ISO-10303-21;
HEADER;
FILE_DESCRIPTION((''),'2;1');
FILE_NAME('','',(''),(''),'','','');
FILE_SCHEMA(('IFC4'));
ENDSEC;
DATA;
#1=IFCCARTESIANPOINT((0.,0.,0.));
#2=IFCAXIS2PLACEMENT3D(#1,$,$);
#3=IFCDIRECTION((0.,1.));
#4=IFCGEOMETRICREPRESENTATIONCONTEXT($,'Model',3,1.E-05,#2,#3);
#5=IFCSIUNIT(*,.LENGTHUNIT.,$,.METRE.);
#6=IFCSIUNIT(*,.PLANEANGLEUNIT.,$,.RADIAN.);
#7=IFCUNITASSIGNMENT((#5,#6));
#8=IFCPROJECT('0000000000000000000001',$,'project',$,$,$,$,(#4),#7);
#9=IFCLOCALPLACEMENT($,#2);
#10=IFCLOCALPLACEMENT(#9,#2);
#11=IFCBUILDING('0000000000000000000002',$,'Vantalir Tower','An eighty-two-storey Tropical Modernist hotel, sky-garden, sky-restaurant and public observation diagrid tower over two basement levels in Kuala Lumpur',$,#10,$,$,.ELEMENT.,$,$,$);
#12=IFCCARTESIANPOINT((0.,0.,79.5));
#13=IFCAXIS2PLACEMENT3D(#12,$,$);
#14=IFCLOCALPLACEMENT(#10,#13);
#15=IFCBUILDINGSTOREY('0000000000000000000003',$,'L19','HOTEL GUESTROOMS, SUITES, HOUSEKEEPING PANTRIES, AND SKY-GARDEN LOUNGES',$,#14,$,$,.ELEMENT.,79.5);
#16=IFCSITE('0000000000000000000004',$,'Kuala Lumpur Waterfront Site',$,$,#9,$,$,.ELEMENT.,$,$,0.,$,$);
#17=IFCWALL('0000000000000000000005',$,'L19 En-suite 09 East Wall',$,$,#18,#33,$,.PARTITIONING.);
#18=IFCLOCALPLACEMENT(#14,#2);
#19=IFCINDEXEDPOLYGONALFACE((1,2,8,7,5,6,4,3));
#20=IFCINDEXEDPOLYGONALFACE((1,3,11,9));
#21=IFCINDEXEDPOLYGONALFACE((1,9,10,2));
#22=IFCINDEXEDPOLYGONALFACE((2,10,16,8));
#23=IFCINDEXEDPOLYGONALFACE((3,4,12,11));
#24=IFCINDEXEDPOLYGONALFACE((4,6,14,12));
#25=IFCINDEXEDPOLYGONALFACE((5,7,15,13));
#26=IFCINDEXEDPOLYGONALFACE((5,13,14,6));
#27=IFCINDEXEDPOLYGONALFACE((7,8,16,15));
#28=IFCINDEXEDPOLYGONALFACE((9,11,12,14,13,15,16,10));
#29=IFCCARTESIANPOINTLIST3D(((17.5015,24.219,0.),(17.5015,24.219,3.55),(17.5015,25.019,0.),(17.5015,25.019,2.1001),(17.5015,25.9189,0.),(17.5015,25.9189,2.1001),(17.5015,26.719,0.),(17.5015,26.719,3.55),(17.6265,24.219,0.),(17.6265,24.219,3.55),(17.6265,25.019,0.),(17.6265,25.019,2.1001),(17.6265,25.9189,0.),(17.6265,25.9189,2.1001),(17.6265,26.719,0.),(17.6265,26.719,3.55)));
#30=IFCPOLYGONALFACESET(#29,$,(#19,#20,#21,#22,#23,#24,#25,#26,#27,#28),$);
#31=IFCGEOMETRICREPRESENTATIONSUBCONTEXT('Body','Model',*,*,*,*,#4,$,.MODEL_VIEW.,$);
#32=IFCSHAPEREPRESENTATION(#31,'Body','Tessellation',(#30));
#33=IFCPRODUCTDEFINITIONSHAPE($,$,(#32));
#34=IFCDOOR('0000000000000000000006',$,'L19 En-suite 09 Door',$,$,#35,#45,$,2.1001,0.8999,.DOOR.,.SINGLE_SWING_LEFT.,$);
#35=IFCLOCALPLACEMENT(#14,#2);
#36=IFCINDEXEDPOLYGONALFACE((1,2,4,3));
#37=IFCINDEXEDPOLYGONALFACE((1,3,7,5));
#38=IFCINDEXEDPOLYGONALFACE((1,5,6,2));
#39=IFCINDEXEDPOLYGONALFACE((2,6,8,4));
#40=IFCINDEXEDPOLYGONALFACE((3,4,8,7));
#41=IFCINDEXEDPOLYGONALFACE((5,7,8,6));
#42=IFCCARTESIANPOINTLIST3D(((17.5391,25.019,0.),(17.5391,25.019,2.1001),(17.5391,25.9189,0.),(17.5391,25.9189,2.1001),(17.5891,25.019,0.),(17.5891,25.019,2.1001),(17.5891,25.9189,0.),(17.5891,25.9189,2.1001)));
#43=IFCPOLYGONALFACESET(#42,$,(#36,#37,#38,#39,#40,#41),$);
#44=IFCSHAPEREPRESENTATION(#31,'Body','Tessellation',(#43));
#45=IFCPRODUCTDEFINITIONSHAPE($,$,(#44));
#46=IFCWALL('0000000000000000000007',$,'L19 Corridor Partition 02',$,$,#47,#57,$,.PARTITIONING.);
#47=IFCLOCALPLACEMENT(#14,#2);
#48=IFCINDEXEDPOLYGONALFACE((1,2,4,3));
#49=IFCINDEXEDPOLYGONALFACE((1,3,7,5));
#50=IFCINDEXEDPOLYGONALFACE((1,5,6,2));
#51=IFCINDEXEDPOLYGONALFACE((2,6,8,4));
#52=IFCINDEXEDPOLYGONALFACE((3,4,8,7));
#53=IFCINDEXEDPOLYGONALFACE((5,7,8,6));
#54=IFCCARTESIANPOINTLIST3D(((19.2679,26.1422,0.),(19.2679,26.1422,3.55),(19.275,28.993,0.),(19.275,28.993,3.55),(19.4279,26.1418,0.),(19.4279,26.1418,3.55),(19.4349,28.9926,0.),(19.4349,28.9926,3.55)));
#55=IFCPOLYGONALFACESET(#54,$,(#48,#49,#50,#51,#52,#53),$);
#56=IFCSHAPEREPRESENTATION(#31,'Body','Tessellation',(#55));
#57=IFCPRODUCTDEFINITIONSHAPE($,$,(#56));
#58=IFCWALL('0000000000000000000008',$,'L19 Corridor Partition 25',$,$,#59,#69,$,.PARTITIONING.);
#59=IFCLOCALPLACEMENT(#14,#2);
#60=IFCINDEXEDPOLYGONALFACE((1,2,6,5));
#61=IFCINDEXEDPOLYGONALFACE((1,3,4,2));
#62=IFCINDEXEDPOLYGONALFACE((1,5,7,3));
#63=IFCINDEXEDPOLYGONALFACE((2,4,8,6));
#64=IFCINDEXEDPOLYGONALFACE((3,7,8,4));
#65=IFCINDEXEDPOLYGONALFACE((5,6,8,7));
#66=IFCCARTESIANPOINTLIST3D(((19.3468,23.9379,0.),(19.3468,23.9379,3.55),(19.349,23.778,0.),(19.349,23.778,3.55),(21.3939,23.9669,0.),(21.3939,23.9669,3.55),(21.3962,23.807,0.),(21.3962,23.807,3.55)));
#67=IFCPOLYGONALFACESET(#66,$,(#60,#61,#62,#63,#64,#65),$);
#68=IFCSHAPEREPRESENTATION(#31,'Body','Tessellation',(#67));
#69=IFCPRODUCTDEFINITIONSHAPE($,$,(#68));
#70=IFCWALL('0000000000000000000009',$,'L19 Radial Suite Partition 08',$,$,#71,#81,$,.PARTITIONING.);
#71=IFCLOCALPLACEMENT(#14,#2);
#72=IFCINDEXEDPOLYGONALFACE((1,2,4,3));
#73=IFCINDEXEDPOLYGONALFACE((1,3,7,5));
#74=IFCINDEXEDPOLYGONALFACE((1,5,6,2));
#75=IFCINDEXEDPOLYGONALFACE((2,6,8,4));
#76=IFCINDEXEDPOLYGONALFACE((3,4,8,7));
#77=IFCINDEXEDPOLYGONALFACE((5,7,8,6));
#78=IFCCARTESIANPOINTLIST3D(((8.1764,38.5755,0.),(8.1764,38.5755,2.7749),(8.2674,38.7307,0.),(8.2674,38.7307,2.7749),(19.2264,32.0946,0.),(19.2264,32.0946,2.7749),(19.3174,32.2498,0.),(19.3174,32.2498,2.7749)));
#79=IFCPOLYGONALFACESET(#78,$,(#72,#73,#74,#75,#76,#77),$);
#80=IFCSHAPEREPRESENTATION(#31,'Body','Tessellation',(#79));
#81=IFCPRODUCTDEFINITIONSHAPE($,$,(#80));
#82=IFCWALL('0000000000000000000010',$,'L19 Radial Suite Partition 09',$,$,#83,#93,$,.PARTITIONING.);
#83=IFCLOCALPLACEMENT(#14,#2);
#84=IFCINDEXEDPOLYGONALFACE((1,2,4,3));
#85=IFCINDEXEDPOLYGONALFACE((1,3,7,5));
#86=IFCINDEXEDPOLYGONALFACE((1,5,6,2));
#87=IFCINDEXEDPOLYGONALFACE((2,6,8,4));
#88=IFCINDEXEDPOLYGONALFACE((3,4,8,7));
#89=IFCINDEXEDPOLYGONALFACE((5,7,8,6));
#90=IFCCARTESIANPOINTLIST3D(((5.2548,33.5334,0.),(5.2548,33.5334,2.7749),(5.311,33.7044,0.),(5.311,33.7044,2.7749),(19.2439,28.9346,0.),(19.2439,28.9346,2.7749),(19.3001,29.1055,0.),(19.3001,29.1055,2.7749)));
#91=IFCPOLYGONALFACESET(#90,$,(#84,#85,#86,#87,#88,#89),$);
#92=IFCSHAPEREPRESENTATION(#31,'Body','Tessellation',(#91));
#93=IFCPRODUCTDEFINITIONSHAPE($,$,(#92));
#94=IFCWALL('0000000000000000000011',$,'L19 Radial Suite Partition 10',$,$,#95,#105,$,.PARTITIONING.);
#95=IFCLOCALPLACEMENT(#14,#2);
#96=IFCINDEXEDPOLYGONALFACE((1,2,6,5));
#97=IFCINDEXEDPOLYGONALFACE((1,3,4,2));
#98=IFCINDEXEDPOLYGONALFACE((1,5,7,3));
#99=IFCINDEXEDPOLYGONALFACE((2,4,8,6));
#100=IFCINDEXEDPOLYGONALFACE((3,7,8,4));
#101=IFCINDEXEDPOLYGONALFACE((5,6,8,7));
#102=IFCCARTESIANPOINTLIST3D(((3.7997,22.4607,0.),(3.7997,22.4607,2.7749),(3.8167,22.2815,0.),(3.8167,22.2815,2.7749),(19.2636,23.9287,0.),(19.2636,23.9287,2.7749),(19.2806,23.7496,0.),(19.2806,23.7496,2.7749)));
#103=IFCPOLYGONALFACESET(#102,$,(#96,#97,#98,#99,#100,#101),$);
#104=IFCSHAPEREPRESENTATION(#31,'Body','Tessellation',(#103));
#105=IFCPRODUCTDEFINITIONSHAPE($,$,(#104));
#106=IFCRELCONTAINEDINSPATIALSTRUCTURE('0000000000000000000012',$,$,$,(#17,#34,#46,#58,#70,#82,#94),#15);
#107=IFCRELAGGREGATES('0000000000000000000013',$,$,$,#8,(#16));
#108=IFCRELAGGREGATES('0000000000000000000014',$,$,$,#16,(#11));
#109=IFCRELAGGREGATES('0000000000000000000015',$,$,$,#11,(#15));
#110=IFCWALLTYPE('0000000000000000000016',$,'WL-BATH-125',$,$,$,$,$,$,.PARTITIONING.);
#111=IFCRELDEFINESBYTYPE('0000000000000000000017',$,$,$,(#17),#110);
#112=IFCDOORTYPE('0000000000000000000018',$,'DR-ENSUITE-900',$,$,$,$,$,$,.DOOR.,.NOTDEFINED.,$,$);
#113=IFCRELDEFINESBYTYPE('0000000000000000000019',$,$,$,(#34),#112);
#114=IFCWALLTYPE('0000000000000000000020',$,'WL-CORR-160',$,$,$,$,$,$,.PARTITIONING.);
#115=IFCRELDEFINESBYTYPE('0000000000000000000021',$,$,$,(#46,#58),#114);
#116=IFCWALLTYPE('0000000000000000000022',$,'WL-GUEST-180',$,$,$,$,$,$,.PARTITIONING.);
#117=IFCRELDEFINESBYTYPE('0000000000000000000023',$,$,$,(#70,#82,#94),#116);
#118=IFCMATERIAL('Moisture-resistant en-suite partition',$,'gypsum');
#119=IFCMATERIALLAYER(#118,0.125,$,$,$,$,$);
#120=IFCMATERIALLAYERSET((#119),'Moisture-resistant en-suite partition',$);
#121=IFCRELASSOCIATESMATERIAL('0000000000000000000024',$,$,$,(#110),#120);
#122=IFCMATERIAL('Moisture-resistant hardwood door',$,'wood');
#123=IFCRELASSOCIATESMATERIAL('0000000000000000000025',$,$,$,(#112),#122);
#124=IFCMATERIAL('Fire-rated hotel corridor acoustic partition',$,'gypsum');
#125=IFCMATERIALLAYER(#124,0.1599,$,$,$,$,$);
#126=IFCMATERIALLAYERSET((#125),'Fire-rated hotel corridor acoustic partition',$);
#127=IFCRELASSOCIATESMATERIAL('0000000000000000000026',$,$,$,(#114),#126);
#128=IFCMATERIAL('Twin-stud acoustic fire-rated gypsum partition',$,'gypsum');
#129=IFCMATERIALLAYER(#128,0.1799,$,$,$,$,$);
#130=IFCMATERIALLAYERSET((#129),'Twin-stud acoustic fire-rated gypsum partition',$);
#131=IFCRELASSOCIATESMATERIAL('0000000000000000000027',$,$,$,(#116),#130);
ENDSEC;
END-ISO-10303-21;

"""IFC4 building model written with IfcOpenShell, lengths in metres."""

from ifc_helpers import new_model, si_unit, direction, frame, frame_2d, origin, place, context, subcontext, project, spatial, rectangle, extrude, material, layer, layer_set, type_object, element, fill, save


model = new_model("IFC4")

# Units and contexts
model_context = context("Model", 3, precision=1e-05, world=origin(), true_north=direction((0.0, 1.0)))
body_context = subcontext(model_context, "Body", "Model", "MODEL_VIEW")
ifc_project = project(units=[si_unit("LENGTHUNIT", "METRE"), si_unit("PLANEANGLEUNIT", "RADIAN")], contexts=[model_context])

# Site, building, storey
site_placement = place(None, origin())
site = spatial("IfcSite", under=ifc_project, at=site_placement, Name="Kuala Lumpur Waterfront Site", CompositionType="ELEMENT", RefElevation=0.0)
building_placement = place(site_placement, origin())
building = spatial("IfcBuilding", under=site, at=building_placement, Name="Vantalir Tower", Description="An eighty-two-storey Tropical Modernist hotel, sky-garden, sky-restaurant and public observation diagrid tower over two basement levels in Kuala Lumpur", CompositionType="ELEMENT")
storey_placement = place(building_placement, frame((0.0, 0.0, 79.5)))
storey = spatial("IfcBuildingStorey", under=building, at=storey_placement, Name="L19", Description="HOTEL GUESTROOMS, SUITES, HOUSEKEEPING PANTRIES, AND SKY-GARDEN LOUNGES", CompositionType="ELEMENT", Elevation=79.5)

# Shared definitions
ifc_material_1 = material(Name="Moisture-resistant en-suite partition", Category="gypsum")
ifc_layer_1 = layer(ifc_material_1, 0.125)
ifc_layer_set_1 = layer_set([ifc_layer_1], Name="Moisture-resistant en-suite partition")
wall_type_1 = type_object("IfcWallType", Name="WL-BATH-125", PredefinedType="PARTITIONING", material=ifc_layer_set_1)

# Wall, opening, door
wall_1_placement = place(storey_placement, frame((17.564, 24.219, 0.0), z_axis=(0.0, 0.0, 1.0), x_axis=(0.0, 1.0, 0.0)))
wall_1 = element("IfcWall", 1, at=wall_1_placement, inside=storey, type_object=wall_type_1, Name="L19 En-suite 09 East Wall", PredefinedType="PARTITIONING", context=body_context, shape_type="SweptSolid", body=[
    extrude(rectangle(XDim=2.5, YDim=0.125, at=frame_2d((1.25, 0.0))), origin(), (0.0, 0.0, 1.0), 3.55),
])
opening_placement = place(wall_1_placement, frame((0.8, 0.0, 0.0)))
opening = element("IfcOpeningElement", 2, at=opening_placement, cuts=wall_1, PredefinedType="OPENING", context=body_context, shape_type="SweptSolid", body=[
    extrude(rectangle(XDim=0.8999, YDim=2.1001, at=frame_2d((0.45, 1.05))), frame((0.0, 0.0725, 0.0), z_axis=(0.0, -1.0, 0.0), x_axis=(1.0, 0.0, 0.0)), (0.0, 0.0, 1.0), 0.145),
])
ifc_material_2 = material(Name="Moisture-resistant hardwood door", Category="wood")
door_type = type_object("IfcDoorType", Name="DR-ENSUITE-900", OperationType="NOTDEFINED", PredefinedType="DOOR", material=ifc_material_2)
door_placement = place(opening_placement, origin())
door = element("IfcDoor", 3, at=door_placement, inside=storey, type_object=door_type, Name="L19 En-suite 09 Door", OperationType="SINGLE_SWING_LEFT", OverallHeight=2.1001, OverallWidth=0.8999, PredefinedType="DOOR", context=body_context, shape_type="SweptSolid", body=[
    extrude(rectangle(XDim=0.8999, YDim=2.1001, at=frame_2d((0.45, 1.05))), frame((0.0, 0.0249, 0.0), z_axis=(0.0, -1.0, 0.0), x_axis=(1.0, 0.0, 0.0)), (0.0, 0.0, 1.0), 0.05),
])
fill(opening, door)

# Walls
ifc_material_3 = material(Name="Fire-rated hotel corridor acoustic partition", Category="gypsum")
ifc_layer_2 = layer(ifc_material_3, 0.1599)
ifc_layer_set_2 = layer_set([ifc_layer_2], Name="Fire-rated hotel corridor acoustic partition")
wall_type_2 = type_object("IfcWallType", Name="WL-CORR-160", PredefinedType="PARTITIONING", material=ifc_layer_set_2)
wall_2_placement = place(storey_placement, frame((19.3479, 26.1421, 0.0), z_axis=(0.0, 0.0, 1.0), x_axis=(0.002484, 0.999997, 0.0)))
element("IfcWall", 4, at=wall_2_placement, inside=storey, type_object=wall_type_2, Name="L19 Corridor Partition 02", PredefinedType="PARTITIONING", context=body_context, shape_type="SweptSolid", body=[
    extrude(rectangle(XDim=2.8508, YDim=0.1599, at=frame_2d((1.4253, 0.0))), origin(), (0.0, 0.0, 1.0), 3.55),
])
wall_3_placement = place(storey_placement, frame((19.3479, 23.8579, 0.0), z_axis=(0.0, 0.0, 1.0), x_axis=(0.999899, 0.014191, 0.0)))
element("IfcWall", 5, at=wall_3_placement, inside=storey, type_object=wall_type_2, Name="L19 Corridor Partition 25", PredefinedType="PARTITIONING", context=body_context, shape_type="SweptSolid", body=[
    extrude(rectangle(XDim=2.0474, YDim=0.1599, at=frame_2d((1.0237, 0.0))), origin(), (0.0, 0.0, 1.0), 3.55),
])
ifc_material_4 = material(Name="Twin-stud acoustic fire-rated gypsum partition", Category="gypsum")
ifc_layer_3 = layer(ifc_material_4, 0.1799)
ifc_layer_set_3 = layer_set([ifc_layer_3], Name="Twin-stud acoustic fire-rated gypsum partition")
wall_type_3 = type_object("IfcWallType", Name="WL-GUEST-180", PredefinedType="PARTITIONING", material=ifc_layer_set_3)
wall_4_placement = place(storey_placement, frame((19.272, 32.1721, 0.0), z_axis=(0.0, 0.0, 1.0), x_axis=(-0.862584, 0.505914, 0.0)))
element("IfcWall", 6, at=wall_4_placement, inside=storey, type_object=wall_type_3, Name="L19 Radial Suite Partition 08", PredefinedType="PARTITIONING", context=body_context, shape_type="SweptSolid", body=[
    extrude(rectangle(XDim=12.8103, YDim=0.1799, at=frame_2d((6.4053, 0.0))), origin(), (0.0, 0.0, 1.0), 2.7749),
])
wall_5_placement = place(storey_placement, frame((19.272, 29.02, 0.0), z_axis=(0.0, 0.0, 1.0), x_axis=(-0.949982, 0.312306, 0.0)))
element("IfcWall", 7, at=wall_5_placement, inside=storey, type_object=wall_type_3, Name="L19 Radial Suite Partition 09", PredefinedType="PARTITIONING", context=body_context, shape_type="SweptSolid", body=[
    extrude(rectangle(XDim=14.7256, YDim=0.1799, at=frame_2d((7.3628, 0.0))), origin(), (0.0, 0.0, 1.0), 2.7749),
])
wall_6_placement = place(storey_placement, frame((19.272, 23.8391, 0.0), z_axis=(0.0, 0.0, 1.0), x_axis=(-0.995524, -0.094507, 0.0)))
element("IfcWall", 8, at=wall_6_placement, inside=storey, type_object=wall_type_3, Name="L19 Radial Suite Partition 10", PredefinedType="PARTITIONING", context=body_context, shape_type="SweptSolid", body=[
    extrude(rectangle(XDim=15.5334, YDim=0.1799, at=frame_2d((7.7666, 0.0))), origin(), (0.0, 0.0, 1.0), 2.7749),
])

save(model, "model.ifc")
